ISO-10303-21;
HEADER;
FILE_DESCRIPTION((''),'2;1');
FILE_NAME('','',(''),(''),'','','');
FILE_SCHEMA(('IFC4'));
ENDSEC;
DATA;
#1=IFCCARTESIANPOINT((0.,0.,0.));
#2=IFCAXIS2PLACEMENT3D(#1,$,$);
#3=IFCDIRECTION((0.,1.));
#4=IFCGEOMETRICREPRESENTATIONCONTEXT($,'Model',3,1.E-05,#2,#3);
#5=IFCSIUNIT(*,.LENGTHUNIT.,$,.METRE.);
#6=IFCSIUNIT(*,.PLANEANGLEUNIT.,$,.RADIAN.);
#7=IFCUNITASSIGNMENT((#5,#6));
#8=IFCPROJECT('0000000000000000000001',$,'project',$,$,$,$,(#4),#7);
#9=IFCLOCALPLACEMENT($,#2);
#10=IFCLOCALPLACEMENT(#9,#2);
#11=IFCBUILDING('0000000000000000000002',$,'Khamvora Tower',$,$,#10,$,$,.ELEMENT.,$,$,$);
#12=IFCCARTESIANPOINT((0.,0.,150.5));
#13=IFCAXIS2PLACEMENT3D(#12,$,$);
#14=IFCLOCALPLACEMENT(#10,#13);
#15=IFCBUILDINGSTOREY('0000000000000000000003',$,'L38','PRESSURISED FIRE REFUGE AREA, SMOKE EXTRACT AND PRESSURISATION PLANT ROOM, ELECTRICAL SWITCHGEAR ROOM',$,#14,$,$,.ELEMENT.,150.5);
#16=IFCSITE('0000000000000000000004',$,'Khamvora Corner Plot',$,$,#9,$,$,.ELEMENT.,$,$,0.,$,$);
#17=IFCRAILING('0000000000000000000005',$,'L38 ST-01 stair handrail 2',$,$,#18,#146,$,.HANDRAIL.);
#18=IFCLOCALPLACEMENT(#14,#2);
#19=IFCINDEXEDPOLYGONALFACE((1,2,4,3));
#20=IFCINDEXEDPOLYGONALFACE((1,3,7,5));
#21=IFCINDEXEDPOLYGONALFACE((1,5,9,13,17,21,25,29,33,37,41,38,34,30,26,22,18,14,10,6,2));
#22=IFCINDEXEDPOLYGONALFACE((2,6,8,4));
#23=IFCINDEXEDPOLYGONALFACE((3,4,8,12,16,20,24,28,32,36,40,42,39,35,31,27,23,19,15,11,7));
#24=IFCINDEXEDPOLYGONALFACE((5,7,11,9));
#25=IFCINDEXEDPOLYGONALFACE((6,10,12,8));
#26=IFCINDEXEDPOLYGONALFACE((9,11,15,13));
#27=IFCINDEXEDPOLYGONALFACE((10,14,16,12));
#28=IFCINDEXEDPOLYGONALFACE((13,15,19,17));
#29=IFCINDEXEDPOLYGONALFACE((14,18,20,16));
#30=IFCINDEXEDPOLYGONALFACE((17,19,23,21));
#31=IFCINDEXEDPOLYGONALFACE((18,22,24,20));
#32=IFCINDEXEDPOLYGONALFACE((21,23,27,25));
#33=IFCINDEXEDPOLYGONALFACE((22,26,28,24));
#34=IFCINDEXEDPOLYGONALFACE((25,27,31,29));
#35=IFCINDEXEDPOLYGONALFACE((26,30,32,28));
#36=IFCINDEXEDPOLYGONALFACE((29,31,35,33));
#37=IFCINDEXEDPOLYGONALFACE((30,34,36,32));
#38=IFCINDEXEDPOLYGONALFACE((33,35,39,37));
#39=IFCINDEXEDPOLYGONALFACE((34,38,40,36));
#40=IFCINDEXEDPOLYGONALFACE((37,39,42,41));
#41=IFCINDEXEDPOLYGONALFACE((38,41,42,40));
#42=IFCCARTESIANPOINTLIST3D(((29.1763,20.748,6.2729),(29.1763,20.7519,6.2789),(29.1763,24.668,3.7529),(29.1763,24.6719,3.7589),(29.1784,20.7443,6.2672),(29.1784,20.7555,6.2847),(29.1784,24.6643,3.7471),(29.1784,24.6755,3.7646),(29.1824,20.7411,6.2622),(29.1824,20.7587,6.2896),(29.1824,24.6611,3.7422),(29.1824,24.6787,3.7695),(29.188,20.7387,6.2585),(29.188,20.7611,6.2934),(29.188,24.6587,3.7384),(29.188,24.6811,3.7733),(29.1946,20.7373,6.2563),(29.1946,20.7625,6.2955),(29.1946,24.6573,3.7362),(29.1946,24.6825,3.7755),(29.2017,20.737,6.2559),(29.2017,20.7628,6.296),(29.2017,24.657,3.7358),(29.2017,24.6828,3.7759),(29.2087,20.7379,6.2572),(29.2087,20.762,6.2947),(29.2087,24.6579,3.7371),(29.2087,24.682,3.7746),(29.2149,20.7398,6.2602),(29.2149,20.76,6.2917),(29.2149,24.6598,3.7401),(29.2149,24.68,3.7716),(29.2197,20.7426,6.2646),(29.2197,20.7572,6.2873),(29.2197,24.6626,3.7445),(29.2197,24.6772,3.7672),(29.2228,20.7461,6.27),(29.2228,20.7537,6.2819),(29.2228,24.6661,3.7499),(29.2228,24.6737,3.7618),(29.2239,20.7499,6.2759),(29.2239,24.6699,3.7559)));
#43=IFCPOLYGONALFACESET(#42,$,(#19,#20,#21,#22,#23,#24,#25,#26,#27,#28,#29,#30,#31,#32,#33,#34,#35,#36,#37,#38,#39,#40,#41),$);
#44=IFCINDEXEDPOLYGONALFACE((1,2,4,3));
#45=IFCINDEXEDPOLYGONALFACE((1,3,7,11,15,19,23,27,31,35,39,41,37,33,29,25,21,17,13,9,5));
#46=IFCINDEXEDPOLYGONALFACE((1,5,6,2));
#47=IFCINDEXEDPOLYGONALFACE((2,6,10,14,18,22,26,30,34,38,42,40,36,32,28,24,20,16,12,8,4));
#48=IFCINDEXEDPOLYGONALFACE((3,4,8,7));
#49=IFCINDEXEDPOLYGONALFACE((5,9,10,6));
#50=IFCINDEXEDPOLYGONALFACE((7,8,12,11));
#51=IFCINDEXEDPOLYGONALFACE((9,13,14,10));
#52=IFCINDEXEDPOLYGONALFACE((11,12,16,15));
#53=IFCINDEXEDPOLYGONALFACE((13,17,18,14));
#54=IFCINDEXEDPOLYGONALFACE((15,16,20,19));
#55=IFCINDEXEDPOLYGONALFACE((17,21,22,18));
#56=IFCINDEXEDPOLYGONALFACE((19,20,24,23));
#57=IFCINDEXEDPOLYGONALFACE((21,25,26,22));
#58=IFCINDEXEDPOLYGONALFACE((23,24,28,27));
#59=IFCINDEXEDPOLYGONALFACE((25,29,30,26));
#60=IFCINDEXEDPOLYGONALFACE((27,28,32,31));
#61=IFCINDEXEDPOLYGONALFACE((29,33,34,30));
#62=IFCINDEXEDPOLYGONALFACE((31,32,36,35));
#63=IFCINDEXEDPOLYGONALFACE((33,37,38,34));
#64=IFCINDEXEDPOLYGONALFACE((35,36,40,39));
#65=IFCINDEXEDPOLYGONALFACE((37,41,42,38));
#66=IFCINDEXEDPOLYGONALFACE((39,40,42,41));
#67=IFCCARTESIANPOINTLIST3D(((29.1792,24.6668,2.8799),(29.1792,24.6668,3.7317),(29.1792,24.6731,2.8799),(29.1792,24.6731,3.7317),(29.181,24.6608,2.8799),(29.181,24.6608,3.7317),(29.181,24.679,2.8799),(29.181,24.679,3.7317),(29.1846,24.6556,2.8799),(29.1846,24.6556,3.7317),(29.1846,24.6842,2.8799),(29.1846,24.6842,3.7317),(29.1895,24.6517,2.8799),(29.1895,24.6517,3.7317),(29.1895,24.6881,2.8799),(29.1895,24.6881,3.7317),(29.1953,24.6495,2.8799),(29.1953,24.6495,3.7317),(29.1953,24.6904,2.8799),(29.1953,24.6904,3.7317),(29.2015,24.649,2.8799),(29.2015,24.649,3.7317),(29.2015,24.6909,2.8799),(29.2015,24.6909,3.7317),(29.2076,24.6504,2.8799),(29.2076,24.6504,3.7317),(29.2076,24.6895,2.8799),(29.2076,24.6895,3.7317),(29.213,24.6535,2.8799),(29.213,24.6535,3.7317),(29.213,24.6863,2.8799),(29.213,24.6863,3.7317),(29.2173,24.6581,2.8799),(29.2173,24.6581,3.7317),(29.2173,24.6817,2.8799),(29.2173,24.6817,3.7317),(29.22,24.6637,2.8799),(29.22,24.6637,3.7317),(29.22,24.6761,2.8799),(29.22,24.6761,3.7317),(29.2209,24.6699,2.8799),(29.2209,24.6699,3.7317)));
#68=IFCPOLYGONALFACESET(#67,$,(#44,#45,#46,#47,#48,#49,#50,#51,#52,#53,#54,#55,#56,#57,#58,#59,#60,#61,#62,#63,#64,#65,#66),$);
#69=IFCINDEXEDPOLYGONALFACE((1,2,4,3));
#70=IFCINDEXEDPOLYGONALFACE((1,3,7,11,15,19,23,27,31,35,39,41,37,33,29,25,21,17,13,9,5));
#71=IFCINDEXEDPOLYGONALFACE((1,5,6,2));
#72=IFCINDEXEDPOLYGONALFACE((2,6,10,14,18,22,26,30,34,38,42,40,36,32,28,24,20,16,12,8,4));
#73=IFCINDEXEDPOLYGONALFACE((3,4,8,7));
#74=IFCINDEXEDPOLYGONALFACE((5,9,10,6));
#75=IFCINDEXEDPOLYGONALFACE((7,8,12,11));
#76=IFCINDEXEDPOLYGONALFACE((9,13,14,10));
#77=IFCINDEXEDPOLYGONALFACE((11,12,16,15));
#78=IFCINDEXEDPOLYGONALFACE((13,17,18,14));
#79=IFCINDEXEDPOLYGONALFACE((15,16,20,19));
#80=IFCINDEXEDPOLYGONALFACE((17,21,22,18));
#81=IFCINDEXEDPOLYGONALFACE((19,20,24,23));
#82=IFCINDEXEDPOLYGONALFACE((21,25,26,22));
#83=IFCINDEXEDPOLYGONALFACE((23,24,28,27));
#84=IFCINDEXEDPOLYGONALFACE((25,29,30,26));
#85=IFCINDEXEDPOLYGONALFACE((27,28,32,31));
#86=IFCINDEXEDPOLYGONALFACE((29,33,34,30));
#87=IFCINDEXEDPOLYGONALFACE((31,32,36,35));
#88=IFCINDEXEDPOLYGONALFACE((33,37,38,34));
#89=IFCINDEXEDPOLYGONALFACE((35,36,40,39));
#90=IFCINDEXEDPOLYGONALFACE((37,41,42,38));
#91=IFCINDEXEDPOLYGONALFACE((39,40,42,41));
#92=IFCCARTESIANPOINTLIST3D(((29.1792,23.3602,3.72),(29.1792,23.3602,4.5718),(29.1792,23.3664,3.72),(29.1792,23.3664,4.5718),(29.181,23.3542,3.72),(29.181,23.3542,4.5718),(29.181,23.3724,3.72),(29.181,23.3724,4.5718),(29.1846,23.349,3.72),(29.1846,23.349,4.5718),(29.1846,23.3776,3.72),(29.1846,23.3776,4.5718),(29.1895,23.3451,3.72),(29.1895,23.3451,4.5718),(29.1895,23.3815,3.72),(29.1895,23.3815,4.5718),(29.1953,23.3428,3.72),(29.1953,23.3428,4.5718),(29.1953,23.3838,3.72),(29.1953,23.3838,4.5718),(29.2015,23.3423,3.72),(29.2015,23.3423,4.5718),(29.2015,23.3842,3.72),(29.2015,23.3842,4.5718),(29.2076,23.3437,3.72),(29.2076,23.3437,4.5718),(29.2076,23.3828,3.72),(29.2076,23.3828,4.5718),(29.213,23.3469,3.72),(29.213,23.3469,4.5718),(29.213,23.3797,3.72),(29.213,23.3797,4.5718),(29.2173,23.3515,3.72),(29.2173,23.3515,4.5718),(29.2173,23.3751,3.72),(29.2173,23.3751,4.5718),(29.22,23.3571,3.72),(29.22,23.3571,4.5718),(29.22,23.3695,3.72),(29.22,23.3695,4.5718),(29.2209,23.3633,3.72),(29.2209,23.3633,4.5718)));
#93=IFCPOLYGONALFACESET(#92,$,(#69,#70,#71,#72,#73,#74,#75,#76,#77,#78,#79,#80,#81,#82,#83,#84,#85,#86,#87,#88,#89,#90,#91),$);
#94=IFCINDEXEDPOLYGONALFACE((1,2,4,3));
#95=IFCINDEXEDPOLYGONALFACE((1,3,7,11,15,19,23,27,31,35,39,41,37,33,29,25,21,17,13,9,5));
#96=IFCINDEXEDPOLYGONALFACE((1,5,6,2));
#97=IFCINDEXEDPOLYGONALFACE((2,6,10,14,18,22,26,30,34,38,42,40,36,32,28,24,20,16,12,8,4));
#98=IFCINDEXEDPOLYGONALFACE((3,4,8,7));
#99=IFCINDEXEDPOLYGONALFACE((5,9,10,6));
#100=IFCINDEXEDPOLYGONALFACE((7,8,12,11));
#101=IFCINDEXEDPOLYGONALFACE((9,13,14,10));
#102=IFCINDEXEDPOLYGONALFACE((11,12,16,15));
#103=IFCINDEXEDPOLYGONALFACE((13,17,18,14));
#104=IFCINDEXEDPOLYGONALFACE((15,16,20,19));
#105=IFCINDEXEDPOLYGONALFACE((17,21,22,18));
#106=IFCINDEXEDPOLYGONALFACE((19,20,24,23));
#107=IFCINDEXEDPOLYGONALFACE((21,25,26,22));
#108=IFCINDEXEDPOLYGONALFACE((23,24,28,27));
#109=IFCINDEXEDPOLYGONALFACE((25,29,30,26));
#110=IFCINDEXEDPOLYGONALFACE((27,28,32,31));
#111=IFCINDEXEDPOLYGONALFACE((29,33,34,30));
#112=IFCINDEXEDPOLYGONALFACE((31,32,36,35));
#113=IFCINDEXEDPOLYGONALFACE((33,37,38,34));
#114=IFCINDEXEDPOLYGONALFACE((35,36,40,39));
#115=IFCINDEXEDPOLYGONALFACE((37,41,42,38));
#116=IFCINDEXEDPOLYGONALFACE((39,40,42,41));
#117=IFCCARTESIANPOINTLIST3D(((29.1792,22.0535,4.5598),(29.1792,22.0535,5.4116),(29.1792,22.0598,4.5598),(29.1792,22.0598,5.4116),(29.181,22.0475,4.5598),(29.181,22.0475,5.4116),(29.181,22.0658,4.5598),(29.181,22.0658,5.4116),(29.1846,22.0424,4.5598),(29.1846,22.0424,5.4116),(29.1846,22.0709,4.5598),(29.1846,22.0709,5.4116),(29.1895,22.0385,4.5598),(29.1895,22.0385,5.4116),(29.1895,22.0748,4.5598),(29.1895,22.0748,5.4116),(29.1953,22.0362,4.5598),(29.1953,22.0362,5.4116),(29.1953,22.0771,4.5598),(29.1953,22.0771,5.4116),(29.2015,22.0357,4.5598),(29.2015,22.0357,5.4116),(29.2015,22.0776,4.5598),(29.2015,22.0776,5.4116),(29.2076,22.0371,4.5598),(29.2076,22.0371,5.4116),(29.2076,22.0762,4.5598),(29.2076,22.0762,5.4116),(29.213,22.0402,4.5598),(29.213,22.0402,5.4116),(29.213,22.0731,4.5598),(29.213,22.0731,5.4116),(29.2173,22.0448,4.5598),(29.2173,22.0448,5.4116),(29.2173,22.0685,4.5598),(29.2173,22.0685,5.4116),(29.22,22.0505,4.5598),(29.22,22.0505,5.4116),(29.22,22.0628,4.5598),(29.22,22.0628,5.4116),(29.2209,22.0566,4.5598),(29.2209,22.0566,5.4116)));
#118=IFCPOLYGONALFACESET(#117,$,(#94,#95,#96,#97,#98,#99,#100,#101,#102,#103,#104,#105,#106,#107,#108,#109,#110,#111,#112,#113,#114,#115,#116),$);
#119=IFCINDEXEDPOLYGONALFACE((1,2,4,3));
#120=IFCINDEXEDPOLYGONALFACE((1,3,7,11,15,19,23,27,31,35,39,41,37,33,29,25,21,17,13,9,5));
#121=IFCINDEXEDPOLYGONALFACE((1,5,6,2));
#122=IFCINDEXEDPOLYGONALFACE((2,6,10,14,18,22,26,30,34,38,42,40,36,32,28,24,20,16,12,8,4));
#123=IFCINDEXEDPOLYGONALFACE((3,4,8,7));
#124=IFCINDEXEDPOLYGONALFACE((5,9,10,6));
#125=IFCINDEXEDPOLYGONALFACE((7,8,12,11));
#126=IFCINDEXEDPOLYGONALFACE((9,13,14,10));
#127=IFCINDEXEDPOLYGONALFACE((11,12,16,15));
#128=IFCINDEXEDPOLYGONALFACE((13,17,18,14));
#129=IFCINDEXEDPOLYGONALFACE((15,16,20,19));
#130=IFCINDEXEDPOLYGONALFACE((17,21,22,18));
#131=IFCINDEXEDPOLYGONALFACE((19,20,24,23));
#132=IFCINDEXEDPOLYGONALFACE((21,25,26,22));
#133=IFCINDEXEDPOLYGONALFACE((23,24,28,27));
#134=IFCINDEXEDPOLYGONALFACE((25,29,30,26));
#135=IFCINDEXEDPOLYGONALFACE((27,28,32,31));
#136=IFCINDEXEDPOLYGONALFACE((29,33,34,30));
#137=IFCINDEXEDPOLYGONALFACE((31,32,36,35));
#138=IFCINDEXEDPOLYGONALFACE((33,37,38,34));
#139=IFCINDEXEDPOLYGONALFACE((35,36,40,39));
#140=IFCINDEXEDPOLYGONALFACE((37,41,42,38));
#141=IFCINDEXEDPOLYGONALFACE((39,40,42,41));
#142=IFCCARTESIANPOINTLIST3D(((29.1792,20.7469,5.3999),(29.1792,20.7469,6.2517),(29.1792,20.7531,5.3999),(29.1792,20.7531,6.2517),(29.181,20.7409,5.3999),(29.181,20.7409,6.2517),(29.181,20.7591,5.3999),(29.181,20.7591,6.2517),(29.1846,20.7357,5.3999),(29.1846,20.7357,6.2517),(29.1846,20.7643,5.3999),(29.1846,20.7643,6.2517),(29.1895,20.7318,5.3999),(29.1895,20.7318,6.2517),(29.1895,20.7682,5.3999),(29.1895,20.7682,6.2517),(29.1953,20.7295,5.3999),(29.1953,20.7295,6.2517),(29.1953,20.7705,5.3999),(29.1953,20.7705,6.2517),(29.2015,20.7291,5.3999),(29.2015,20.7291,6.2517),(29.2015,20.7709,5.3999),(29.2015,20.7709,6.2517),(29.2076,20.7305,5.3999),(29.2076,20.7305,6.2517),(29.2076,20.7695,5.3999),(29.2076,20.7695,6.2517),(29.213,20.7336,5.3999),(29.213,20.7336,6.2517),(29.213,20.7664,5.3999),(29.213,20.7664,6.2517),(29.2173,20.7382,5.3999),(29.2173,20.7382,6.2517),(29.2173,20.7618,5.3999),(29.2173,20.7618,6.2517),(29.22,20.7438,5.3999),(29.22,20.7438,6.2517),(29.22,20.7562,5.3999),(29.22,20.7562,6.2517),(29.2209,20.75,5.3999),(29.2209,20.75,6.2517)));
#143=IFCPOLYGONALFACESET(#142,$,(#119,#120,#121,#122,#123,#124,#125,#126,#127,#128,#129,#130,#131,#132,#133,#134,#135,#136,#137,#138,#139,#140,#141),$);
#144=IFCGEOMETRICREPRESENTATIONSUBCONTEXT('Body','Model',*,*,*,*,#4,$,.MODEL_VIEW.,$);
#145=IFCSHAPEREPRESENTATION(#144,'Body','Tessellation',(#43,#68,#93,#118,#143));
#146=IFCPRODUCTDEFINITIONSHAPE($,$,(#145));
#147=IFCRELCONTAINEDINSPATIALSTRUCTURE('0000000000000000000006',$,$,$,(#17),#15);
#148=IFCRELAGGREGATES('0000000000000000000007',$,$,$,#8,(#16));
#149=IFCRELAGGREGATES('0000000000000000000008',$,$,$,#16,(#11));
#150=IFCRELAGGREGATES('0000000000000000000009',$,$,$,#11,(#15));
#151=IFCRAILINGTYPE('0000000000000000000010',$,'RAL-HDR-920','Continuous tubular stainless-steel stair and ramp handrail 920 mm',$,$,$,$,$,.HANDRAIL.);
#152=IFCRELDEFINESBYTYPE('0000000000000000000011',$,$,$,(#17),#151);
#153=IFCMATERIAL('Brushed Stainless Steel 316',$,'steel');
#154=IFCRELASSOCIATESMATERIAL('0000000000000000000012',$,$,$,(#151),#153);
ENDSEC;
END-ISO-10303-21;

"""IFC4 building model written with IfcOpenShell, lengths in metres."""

from ifc_helpers import new_model, si_unit, direction, frame, origin, origin_2d, place, context, subcontext, project, spatial, circle, extrude, material, type_object, element, save


model = new_model("IFC4")

# Units and contexts
model_context = context("Model", 3, precision=1e-05, world=origin(), true_north=direction((0.0, 1.0)))
body_context = subcontext(model_context, "Body", "Model", "MODEL_VIEW")
ifc_project = project(units=[si_unit("LENGTHUNIT", "METRE"), si_unit("PLANEANGLEUNIT", "RADIAN")], contexts=[model_context])

# Site, building, storey
site_placement = place(None, origin())
site = spatial("IfcSite", under=ifc_project, at=site_placement, Name="Khamvora Corner Plot", CompositionType="ELEMENT", RefElevation=0.0)
building_placement = place(site_placement, origin())
building = spatial("IfcBuilding", under=site, at=building_placement, Name="Khamvora Tower", CompositionType="ELEMENT")
storey_placement = place(building_placement, frame((0.0, 0.0, 150.5)))
storey = spatial("IfcBuildingStorey", under=building, at=storey_placement, Name="L38", Description="PRESSURISED FIRE REFUGE AREA, SMOKE EXTRACT AND PRESSURISATION PLANT ROOM, ELECTRICAL SWITCHGEAR ROOM", CompositionType="ELEMENT", Elevation=150.5)

# Railing
ifc_material_1 = material(Name="Brushed Stainless Steel 316", Category="steel")
railing_type_1 = type_object("IfcRailingType", Name="RAL-HDR-920", Description="Continuous tubular stainless-steel stair and ramp handrail 920 mm", PredefinedType="HANDRAIL", material=ifc_material_1)
railing_1_placement = place(storey_placement, frame((29.2, 24.6699, 2.8799)))
element("IfcRailing", 1, at=railing_1_placement, inside=storey, type_object=railing_type_1, Name="L38 ST-01 stair handrail 2", PredefinedType="HANDRAIL", context=body_context, shape_type="SweptSolid", body=[
    extrude(circle(Radius=0.0239, at=origin_2d()), frame((0.0, 0.0, 0.876), z_axis=(0.0, -0.841172, 0.540768), x_axis=(1.0, 0.0, 0.0)), (0.0, 0.0, 1.0), 4.6602),
    extrude(circle(Radius=0.021, at=origin_2d()), origin(), (0.0, 0.0, 1.0), 0.8518),
    extrude(circle(Radius=0.021, at=origin_2d()), frame((0.0, -1.3066, 0.8401)), (0.0, 0.0, 1.0), 0.8518),
    extrude(circle(Radius=0.021, at=origin_2d()), frame((0.0, -2.6133, 1.6799)), (0.0, 0.0, 1.0), 0.8518),
    extrude(circle(Radius=0.021, at=origin_2d()), frame((0.0, -3.9199, 2.52)), (0.0, 0.0, 1.0), 0.8518),
])

save(model, "model.ifc")
